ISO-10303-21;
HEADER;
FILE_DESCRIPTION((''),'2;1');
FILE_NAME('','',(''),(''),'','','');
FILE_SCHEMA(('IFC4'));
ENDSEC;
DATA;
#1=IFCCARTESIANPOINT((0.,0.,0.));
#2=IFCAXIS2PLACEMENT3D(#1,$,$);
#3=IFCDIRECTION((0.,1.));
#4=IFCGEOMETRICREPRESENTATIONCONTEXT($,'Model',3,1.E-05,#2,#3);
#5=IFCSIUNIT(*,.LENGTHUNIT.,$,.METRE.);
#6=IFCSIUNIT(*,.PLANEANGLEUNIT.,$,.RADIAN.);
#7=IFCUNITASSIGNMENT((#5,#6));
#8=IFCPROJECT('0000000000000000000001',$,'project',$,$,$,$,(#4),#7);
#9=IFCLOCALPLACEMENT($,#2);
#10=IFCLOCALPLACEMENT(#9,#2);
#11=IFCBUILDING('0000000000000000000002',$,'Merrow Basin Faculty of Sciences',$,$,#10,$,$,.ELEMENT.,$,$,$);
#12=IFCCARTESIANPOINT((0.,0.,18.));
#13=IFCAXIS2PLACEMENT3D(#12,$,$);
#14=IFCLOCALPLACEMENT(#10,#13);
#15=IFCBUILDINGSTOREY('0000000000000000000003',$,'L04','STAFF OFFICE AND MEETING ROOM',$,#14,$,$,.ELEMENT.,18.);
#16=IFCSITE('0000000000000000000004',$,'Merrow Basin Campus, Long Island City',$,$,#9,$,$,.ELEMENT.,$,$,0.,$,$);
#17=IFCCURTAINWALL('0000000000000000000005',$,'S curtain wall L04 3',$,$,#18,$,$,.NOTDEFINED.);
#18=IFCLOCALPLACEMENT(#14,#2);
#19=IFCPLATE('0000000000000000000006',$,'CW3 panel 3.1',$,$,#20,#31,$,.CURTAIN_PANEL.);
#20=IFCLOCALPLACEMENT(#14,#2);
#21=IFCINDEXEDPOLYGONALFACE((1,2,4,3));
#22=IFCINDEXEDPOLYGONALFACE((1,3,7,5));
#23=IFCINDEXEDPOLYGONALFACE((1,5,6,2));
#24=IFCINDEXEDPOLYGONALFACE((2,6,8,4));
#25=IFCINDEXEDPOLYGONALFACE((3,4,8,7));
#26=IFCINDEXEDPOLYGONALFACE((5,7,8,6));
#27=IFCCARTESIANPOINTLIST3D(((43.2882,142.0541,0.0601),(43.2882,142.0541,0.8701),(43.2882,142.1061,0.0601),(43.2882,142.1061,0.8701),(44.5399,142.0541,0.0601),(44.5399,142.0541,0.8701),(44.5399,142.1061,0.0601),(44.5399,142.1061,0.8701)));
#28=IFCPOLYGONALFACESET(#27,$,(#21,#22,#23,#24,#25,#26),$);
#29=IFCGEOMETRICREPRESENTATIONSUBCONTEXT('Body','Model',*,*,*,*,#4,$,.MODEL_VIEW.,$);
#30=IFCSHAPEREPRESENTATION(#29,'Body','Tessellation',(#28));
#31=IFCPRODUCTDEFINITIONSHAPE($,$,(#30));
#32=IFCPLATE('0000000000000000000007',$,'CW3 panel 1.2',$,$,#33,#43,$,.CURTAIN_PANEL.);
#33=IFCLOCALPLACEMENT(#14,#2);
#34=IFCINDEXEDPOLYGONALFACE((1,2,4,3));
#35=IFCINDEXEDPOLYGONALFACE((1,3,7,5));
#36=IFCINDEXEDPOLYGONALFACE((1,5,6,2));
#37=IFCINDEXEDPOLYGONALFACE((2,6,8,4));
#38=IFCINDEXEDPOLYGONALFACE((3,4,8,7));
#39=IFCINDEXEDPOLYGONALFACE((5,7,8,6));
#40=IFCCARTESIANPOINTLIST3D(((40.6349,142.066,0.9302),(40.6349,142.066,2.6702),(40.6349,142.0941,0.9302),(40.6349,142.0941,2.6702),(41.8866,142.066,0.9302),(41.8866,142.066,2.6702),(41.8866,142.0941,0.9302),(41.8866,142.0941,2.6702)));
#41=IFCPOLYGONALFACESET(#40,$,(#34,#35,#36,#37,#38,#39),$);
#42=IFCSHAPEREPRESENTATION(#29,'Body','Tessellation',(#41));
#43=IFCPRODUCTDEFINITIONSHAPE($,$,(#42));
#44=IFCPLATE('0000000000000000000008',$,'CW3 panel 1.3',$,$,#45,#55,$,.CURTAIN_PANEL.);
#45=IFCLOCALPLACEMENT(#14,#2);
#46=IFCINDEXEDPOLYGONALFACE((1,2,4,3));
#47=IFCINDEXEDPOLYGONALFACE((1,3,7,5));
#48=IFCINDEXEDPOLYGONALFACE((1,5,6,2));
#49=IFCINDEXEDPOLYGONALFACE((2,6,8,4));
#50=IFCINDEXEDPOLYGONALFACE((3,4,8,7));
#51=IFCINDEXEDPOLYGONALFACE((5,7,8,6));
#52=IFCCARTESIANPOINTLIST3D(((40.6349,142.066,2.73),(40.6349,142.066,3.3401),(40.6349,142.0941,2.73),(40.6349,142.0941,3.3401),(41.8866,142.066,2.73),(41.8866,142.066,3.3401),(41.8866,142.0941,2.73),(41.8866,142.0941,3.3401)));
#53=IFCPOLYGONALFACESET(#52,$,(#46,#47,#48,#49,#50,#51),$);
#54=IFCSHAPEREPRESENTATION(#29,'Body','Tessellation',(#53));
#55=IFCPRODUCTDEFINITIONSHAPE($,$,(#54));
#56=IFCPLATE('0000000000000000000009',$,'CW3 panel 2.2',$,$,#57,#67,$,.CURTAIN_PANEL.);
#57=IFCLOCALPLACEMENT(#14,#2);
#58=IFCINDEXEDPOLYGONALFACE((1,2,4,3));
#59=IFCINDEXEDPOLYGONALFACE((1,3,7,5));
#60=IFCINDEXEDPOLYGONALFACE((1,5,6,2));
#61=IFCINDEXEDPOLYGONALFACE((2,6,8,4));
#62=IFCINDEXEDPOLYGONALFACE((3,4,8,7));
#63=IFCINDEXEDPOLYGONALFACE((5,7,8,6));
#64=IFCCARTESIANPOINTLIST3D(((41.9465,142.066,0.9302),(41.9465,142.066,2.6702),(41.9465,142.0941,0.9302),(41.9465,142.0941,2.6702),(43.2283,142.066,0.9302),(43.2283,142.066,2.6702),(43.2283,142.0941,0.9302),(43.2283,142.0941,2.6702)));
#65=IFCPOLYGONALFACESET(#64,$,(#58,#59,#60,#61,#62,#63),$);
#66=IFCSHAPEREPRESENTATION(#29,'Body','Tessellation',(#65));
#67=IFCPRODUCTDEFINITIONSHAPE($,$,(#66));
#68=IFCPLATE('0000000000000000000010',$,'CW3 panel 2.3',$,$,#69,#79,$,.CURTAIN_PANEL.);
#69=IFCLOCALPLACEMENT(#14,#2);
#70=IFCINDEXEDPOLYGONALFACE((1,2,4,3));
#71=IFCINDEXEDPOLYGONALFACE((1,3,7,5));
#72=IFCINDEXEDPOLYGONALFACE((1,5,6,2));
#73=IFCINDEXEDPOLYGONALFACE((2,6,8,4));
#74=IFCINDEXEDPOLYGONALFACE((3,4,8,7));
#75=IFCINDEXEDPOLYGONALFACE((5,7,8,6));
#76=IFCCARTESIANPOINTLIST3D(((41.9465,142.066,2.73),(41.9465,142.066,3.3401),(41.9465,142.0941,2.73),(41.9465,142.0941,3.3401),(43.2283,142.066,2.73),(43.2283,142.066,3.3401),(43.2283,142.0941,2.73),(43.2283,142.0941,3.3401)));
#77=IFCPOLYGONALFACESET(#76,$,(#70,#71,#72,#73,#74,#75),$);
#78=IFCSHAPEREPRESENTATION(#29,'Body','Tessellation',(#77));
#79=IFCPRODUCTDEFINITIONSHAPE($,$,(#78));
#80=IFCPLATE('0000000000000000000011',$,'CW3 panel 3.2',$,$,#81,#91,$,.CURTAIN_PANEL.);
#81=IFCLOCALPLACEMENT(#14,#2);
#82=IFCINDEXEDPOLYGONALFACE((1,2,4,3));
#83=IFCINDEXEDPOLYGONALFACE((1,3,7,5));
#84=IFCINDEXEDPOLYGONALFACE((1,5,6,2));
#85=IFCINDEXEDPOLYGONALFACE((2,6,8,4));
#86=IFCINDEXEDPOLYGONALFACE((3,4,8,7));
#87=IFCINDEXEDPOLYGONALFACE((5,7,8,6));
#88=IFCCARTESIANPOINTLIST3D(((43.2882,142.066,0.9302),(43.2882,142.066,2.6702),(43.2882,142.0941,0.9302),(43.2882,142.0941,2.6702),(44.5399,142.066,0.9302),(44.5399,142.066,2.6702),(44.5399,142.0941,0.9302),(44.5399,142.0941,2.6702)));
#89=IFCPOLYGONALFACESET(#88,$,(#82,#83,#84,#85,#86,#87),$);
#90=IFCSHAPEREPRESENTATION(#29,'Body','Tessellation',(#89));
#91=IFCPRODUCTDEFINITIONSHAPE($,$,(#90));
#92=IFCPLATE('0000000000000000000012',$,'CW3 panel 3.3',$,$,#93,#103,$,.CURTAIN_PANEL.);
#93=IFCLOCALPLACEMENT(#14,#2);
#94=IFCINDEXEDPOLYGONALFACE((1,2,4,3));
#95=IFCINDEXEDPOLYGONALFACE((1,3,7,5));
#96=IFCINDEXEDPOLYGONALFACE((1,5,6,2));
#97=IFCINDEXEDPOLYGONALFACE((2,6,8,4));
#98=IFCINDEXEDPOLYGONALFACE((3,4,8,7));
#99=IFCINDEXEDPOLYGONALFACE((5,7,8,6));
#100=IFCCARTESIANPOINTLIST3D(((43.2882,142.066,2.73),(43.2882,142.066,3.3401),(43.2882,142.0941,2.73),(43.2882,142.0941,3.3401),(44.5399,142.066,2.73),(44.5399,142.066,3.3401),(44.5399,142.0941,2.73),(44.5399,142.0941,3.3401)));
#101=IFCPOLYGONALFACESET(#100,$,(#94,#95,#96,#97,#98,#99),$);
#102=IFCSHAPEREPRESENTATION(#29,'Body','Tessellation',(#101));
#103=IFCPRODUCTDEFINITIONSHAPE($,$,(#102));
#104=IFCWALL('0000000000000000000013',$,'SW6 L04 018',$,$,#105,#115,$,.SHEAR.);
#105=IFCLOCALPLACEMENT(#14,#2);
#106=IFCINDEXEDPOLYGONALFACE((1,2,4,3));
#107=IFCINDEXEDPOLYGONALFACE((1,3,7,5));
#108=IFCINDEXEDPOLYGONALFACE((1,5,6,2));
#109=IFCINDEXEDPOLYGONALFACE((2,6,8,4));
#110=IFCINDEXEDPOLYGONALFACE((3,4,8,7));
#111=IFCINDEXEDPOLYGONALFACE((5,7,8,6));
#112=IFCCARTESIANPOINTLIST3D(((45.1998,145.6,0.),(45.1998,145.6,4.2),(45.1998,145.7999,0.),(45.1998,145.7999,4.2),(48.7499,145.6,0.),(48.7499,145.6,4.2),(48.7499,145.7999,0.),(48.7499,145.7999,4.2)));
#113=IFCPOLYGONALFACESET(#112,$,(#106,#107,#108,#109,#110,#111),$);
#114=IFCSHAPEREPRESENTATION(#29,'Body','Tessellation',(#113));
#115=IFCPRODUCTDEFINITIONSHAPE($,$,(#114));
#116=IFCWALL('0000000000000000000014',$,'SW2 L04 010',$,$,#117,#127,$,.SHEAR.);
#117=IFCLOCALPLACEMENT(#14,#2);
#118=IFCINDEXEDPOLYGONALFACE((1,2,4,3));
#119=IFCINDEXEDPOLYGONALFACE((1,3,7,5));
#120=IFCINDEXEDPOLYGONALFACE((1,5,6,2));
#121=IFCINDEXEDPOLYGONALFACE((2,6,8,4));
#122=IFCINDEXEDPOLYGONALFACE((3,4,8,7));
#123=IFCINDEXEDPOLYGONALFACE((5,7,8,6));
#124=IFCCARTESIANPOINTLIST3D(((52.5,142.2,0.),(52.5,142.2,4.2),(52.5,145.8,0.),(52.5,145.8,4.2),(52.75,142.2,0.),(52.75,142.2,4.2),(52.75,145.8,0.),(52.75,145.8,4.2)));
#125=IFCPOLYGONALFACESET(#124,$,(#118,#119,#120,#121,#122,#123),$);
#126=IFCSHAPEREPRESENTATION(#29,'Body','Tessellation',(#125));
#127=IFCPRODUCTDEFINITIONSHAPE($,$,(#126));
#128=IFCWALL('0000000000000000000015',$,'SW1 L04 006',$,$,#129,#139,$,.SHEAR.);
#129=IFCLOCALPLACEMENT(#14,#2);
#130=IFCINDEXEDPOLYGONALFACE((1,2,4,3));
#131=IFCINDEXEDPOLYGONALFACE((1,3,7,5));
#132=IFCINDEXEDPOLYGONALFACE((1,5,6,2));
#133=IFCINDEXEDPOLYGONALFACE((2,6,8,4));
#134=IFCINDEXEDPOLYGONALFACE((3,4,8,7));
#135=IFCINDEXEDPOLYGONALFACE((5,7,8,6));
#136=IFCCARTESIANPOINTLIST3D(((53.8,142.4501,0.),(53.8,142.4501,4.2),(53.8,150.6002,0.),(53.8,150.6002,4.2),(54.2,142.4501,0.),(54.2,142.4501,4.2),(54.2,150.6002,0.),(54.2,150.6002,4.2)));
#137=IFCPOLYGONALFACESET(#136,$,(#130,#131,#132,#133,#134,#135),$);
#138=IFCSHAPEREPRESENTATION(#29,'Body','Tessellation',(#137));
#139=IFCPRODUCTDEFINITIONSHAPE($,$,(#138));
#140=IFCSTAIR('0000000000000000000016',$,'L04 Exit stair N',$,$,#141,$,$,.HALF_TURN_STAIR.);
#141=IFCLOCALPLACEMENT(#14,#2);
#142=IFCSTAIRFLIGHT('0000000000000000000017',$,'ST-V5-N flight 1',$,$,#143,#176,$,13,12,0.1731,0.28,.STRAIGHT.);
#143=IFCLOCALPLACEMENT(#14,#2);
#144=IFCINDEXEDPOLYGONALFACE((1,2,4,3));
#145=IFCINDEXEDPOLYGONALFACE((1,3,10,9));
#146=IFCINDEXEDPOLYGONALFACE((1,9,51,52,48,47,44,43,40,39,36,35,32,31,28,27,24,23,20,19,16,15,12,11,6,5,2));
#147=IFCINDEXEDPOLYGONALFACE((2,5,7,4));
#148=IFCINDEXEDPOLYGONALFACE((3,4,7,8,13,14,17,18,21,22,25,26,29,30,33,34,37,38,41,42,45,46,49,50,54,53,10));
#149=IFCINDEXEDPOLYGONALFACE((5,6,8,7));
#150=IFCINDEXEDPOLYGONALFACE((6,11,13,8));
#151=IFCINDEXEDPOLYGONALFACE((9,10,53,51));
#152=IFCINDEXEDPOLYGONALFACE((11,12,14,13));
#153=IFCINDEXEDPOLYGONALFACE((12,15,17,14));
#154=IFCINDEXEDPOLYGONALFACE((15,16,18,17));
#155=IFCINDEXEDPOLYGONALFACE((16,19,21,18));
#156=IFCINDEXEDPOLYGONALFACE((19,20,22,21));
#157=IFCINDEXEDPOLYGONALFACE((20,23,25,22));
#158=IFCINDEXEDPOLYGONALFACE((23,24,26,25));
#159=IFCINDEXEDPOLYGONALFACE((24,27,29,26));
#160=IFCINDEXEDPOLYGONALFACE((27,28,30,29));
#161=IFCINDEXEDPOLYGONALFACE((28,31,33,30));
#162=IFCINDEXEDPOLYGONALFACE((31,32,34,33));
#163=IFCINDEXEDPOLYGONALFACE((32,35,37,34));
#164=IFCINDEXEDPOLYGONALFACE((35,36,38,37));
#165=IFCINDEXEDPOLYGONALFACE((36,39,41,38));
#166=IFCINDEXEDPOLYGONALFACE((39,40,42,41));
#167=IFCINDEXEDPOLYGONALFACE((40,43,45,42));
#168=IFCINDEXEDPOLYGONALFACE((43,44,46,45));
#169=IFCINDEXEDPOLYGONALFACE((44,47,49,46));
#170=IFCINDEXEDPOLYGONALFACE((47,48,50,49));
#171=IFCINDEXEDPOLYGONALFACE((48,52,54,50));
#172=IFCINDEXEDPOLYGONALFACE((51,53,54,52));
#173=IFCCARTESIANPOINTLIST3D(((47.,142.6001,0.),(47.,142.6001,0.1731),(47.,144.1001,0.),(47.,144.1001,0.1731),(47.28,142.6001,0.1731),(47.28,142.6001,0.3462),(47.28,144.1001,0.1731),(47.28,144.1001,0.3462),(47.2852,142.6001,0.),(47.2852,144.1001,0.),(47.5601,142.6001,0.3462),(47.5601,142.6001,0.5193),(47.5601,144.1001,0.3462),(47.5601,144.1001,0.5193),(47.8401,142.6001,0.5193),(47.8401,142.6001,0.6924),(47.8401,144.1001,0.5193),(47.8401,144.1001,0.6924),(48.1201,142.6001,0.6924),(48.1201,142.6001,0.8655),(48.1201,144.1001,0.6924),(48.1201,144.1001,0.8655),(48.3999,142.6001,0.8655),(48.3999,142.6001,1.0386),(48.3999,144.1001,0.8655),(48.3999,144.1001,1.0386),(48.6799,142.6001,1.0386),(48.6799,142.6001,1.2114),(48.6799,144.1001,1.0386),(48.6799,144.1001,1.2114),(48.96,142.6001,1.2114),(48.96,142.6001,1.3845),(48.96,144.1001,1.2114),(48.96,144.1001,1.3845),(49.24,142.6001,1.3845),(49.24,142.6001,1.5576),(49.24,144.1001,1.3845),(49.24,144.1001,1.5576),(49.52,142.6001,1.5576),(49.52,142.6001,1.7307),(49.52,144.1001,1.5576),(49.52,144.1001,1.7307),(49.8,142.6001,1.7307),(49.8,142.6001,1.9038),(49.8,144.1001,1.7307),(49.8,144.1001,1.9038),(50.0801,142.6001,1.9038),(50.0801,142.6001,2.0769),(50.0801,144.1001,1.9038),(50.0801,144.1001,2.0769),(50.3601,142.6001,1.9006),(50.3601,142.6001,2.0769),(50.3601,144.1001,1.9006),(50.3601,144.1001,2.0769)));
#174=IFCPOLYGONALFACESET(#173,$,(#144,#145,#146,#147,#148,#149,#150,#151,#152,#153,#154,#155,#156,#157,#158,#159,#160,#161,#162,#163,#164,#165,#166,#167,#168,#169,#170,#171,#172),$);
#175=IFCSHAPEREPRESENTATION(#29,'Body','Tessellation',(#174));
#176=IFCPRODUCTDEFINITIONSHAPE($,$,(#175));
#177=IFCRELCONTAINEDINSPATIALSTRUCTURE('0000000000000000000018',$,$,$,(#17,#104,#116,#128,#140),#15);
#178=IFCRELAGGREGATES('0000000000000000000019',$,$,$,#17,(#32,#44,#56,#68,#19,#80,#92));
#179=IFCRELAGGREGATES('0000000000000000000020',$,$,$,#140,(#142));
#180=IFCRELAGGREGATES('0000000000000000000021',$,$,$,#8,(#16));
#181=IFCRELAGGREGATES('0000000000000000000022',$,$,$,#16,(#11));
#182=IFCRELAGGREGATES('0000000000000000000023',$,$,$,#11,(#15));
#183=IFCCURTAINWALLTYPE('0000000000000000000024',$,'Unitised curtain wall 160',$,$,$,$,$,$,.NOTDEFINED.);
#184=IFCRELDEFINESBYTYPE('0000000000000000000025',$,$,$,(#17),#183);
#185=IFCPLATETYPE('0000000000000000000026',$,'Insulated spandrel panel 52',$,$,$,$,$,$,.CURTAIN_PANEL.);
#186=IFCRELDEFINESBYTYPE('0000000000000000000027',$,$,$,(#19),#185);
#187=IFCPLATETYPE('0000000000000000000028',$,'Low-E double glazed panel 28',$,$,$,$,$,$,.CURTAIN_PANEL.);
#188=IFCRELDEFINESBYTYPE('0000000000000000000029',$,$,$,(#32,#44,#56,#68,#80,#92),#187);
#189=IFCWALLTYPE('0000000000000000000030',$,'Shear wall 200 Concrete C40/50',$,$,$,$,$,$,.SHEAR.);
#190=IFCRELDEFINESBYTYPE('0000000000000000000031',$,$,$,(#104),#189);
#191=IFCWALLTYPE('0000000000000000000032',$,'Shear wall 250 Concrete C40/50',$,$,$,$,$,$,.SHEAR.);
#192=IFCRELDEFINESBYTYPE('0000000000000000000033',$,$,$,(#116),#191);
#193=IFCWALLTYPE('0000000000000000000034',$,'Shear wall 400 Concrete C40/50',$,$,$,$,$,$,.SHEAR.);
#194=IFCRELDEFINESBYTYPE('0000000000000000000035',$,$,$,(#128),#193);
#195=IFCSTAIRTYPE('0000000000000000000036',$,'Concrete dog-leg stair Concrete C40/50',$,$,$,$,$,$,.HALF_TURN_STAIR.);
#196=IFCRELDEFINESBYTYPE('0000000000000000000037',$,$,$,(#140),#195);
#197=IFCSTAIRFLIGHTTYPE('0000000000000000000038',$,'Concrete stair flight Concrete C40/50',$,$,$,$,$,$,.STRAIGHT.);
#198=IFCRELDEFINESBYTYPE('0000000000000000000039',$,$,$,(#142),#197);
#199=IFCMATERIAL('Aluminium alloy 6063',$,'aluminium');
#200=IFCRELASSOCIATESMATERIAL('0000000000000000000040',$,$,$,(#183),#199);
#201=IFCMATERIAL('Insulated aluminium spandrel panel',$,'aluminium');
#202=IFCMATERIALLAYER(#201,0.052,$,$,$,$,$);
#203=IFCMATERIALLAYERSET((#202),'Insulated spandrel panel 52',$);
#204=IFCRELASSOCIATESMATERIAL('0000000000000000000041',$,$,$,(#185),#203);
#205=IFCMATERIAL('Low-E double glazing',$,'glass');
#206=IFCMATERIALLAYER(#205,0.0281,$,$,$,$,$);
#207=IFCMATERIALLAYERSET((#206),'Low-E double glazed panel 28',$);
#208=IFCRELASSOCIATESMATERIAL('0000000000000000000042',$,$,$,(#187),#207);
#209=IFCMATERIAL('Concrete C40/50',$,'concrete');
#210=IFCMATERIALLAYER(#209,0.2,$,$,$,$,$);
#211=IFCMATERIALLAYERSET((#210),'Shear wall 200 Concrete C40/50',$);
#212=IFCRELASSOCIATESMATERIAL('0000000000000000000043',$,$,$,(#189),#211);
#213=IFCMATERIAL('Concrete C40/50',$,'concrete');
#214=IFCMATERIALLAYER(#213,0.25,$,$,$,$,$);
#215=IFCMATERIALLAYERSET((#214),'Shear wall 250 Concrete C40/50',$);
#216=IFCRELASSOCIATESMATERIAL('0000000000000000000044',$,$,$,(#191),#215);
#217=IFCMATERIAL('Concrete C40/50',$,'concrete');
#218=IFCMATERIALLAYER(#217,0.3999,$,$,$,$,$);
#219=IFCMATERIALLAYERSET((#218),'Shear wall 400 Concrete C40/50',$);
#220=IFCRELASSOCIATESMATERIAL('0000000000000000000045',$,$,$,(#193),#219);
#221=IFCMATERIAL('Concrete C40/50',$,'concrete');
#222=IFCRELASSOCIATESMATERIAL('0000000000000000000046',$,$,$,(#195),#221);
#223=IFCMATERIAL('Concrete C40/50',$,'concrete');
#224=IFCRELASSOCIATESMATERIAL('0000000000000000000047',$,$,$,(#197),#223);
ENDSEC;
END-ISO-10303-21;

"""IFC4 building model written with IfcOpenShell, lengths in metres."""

from ifc_helpers import new_model, si_unit, direction, frame, frame_2d, origin, origin_2d, place, context, subcontext, project, spatial, polyline, rectangle, outline, extrude, material, layer, layer_set, type_object, element, aggregate, save


model = new_model("IFC4")

# Units and contexts
model_context = context("Model", 3, precision=1e-05, world=origin(), true_north=direction((0.0, 1.0)))
body_context = subcontext(model_context, "Body", "Model", "MODEL_VIEW")
ifc_project = project(units=[si_unit("LENGTHUNIT", "METRE"), si_unit("PLANEANGLEUNIT", "RADIAN")], contexts=[model_context])

# Site, building, storey
site_placement = place(None, origin())
site = spatial("IfcSite", under=ifc_project, at=site_placement, Name="Merrow Basin Campus, Long Island City", CompositionType="ELEMENT", RefElevation=0.0)
building_placement = place(site_placement, origin())
building = spatial("IfcBuilding", under=site, at=building_placement, Name="Merrow Basin Faculty of Sciences", CompositionType="ELEMENT")
storey_placement = place(building_placement, frame((0.0, 0.0, 18.0)))
storey = spatial("IfcBuildingStorey", under=building, at=storey_placement, Name="L04", Description="STAFF OFFICE AND MEETING ROOM", CompositionType="ELEMENT", Elevation=18.0)

# Curtain wall
ifc_material_1 = material(Name="Aluminium alloy 6063", Category="aluminium")
curtain_wall_type = type_object("IfcCurtainWallType", Name="Unitised curtain wall 160", PredefinedType="NOTDEFINED", material=ifc_material_1)
curtain_wall_placement = place(storey_placement, origin())
curtain_wall = element("IfcCurtainWall", 1, at=curtain_wall_placement, inside=storey, type_object=curtain_wall_type, Name="S curtain wall L04 3", PredefinedType="NOTDEFINED")

# Plates
ifc_material_2 = material(Name="Insulated aluminium spandrel panel", Category="aluminium")
ifc_layer_1 = layer(ifc_material_2, 0.052)
ifc_layer_set_1 = layer_set([ifc_layer_1], Name="Insulated spandrel panel 52")
plate_type_1 = type_object("IfcPlateType", Name="Insulated spandrel panel 52", PredefinedType="CURTAIN_PANEL", material=ifc_layer_set_1)
plate_1_placement = place(storey_placement, frame((43.9141, 142.0801, 0.0601), z_axis=(0.0, 0.0, 1.0), x_axis=(1.0, 0.0, 0.0)))
plate_1 = element("IfcPlate", 2, at=plate_1_placement, type_object=plate_type_1, Name="CW3 panel 3.1", PredefinedType="CURTAIN_PANEL", context=body_context, shape_type="SweptSolid", body=[
    extrude(rectangle(XDim=1.2517, YDim=0.052, at=origin_2d()), origin(), (0.0, 0.0, 1.0), 0.8101),
])
ifc_material_3 = material(Name="Low-E double glazing", Category="glass")
ifc_layer_2 = layer(ifc_material_3, 0.0281)
ifc_layer_set_2 = layer_set([ifc_layer_2], Name="Low-E double glazed panel 28")
plate_type_2 = type_object("IfcPlateType", Name="Low-E double glazed panel 28", PredefinedType="CURTAIN_PANEL", material=ifc_layer_set_2)
plate_2_placement = place(storey_placement, frame((41.2607, 142.0801, 0.9302), z_axis=(0.0, 0.0, 1.0), x_axis=(1.0, 0.0, 0.0)))
plate_2 = element("IfcPlate", 3, at=plate_2_placement, type_object=plate_type_2, Name="CW3 panel 1.2", PredefinedType="CURTAIN_PANEL", context=body_context, shape_type="SweptSolid", body=[
    extrude(rectangle(XDim=1.2517, YDim=0.0281, at=origin_2d()), origin(), (0.0, 0.0, 1.0), 1.74),
])
plate_3_placement = place(storey_placement, frame((41.2607, 142.0801, 2.73), z_axis=(0.0, 0.0, 1.0), x_axis=(1.0, 0.0, 0.0)))
plate_3 = element("IfcPlate", 4, at=plate_3_placement, type_object=plate_type_2, Name="CW3 panel 1.3", PredefinedType="CURTAIN_PANEL", context=body_context, shape_type="SweptSolid", body=[
    extrude(rectangle(XDim=1.2517, YDim=0.0281, at=origin_2d()), origin(), (0.0, 0.0, 1.0), 0.6101),
])
plate_4_placement = place(storey_placement, frame((42.5874, 142.0801, 0.9302), z_axis=(0.0, 0.0, 1.0), x_axis=(1.0, 0.0, 0.0)))
plate_4 = element("IfcPlate", 5, at=plate_4_placement, type_object=plate_type_2, Name="CW3 panel 2.2", PredefinedType="CURTAIN_PANEL", context=body_context, shape_type="SweptSolid", body=[
    extrude(rectangle(XDim=1.2817, YDim=0.0281, at=origin_2d()), origin(), (0.0, 0.0, 1.0), 1.74),
])
plate_5_placement = place(storey_placement, frame((42.5874, 142.0801, 2.73), z_axis=(0.0, 0.0, 1.0), x_axis=(1.0, 0.0, 0.0)))
plate_5 = element("IfcPlate", 6, at=plate_5_placement, type_object=plate_type_2, Name="CW3 panel 2.3", PredefinedType="CURTAIN_PANEL", context=body_context, shape_type="SweptSolid", body=[
    extrude(rectangle(XDim=1.2817, YDim=0.0281, at=origin_2d()), origin(), (0.0, 0.0, 1.0), 0.6101),
])
plate_6_placement = place(storey_placement, frame((43.9141, 142.0801, 0.9302), z_axis=(0.0, 0.0, 1.0), x_axis=(1.0, 0.0, 0.0)))
plate_6 = element("IfcPlate", 7, at=plate_6_placement, type_object=plate_type_2, Name="CW3 panel 3.2", PredefinedType="CURTAIN_PANEL", context=body_context, shape_type="SweptSolid", body=[
    extrude(rectangle(XDim=1.2517, YDim=0.0281, at=origin_2d()), origin(), (0.0, 0.0, 1.0), 1.74),
])
plate_7_placement = place(storey_placement, frame((43.9141, 142.0801, 2.73), z_axis=(0.0, 0.0, 1.0), x_axis=(1.0, 0.0, 0.0)))
plate_7 = element("IfcPlate", 8, at=plate_7_placement, type_object=plate_type_2, Name="CW3 panel 3.3", PredefinedType="CURTAIN_PANEL", context=body_context, shape_type="SweptSolid", body=[
    extrude(rectangle(XDim=1.2517, YDim=0.0281, at=origin_2d()), origin(), (0.0, 0.0, 1.0), 0.6101),
])
aggregate(curtain_wall, [plate_2, plate_3, plate_4, plate_5, plate_1, plate_6, plate_7])

# Walls
ifc_material_4 = material(Name="Concrete C40/50", Category="concrete")
ifc_layer_3 = layer(ifc_material_4, 0.2)
ifc_layer_set_3 = layer_set([ifc_layer_3], Name="Shear wall 200 Concrete C40/50")
wall_type_1 = type_object("IfcWallType", Name="Shear wall 200 Concrete C40/50", PredefinedType="SHEAR", material=ifc_layer_set_3)
wall_1_placement = place(storey_placement, frame((45.2, 145.7, 0.0), z_axis=(0.0, 0.0, 1.0), x_axis=(1.0, 0.0, 0.0)))
element("IfcWall", 9, at=wall_1_placement, inside=storey, type_object=wall_type_1, Name="SW6 L04 018", PredefinedType="SHEAR", context=body_context, shape_type="SweptSolid", body=[
    extrude(rectangle(XDim=3.55, YDim=0.2, at=frame_2d((1.7749, 0.0))), origin(), (0.0, 0.0, 1.0), 4.2),
])
ifc_material_5 = material(Name="Concrete C40/50", Category="concrete")
ifc_layer_4 = layer(ifc_material_5, 0.25)
ifc_layer_set_4 = layer_set([ifc_layer_4], Name="Shear wall 250 Concrete C40/50")
wall_type_2 = type_object("IfcWallType", Name="Shear wall 250 Concrete C40/50", PredefinedType="SHEAR", material=ifc_layer_set_4)
wall_2_placement = place(storey_placement, frame((52.625, 142.2, 0.0), z_axis=(0.0, 0.0, 1.0), x_axis=(0.0, 1.0, 0.0)))
element("IfcWall", 10, at=wall_2_placement, inside=storey, type_object=wall_type_2, Name="SW2 L04 010", PredefinedType="SHEAR", context=body_context, shape_type="SweptSolid", body=[
    extrude(rectangle(XDim=3.6001, YDim=0.25, at=frame_2d((1.8, 0.0))), origin(), (0.0, 0.0, 1.0), 4.2),
])

# Shared definitions
ifc_material_6 = material(Name="Concrete C40/50", Category="concrete")
ifc_layer_5 = layer(ifc_material_6, 0.3999)
ifc_layer_set_5 = layer_set([ifc_layer_5], Name="Shear wall 400 Concrete C40/50")
wall_type_3 = type_object("IfcWallType", Name="Shear wall 400 Concrete C40/50", PredefinedType="SHEAR", material=ifc_layer_set_5)

# Wall
wall_3_placement = place(storey_placement, frame((54.0, 142.45, 0.0), z_axis=(0.0, 0.0, 1.0), x_axis=(0.0, 1.0, 0.0)))
element("IfcWall", 11, at=wall_3_placement, inside=storey, type_object=wall_type_3, Name="SW1 L04 006", PredefinedType="SHEAR", context=body_context, shape_type="SweptSolid", body=[
    extrude(rectangle(XDim=8.1501, YDim=0.3999, at=frame_2d((4.0752, 0.0))), origin(), (0.0, 0.0, 1.0), 4.2),
])

# Stair, stair flight
ifc_material_7 = material(Name="Concrete C40/50", Category="concrete")
stair_type = type_object("IfcStairType", Name="Concrete dog-leg stair Concrete C40/50", PredefinedType="HALF_TURN_STAIR", material=ifc_material_7)
stair_placement = place(storey_placement, origin())
stair = element("IfcStair", 12, at=stair_placement, inside=storey, type_object=stair_type, Name="L04 Exit stair N", PredefinedType="HALF_TURN_STAIR")
ifc_material_8 = material(Name="Concrete C40/50", Category="concrete")
stair_flight_type = type_object("IfcStairFlightType", Name="Concrete stair flight Concrete C40/50", PredefinedType="STRAIGHT", material=ifc_material_8)
stair_flight_1_placement = place(storey_placement, frame((47.0, 143.3501, 0.0), z_axis=(0.0, 0.0, 1.0), x_axis=(1.0, 0.0, 0.0)))
stair_flight_1 = element("IfcStairFlight", 13, at=stair_flight_1_placement, type_object=stair_flight_type, Name="ST-V5-N flight 1", NumberOfRisers=13, NumberOfTreads=12, PredefinedType="STRAIGHT", RiserHeight=0.1731, TreadLength=0.28, context=body_context, shape_type="SweptSolid", body=[
    extrude(outline(polyline([(0.0, 0.0), (0.0, 0.1731), (0.28, 0.1731), (0.28, 0.3462), (0.5601, 0.3462), (0.5601, 0.5193), (0.8401, 0.5193), (0.8401, 0.6924), (1.1201, 0.6924), (1.1201, 0.8655), (1.3999, 0.8655), (1.3999, 1.0386), (1.6799, 1.0386), (1.6799, 1.2114), (1.96, 1.2114), (1.96, 1.3845), (2.24, 1.3845), (2.24, 1.5576), (2.52, 1.5576), (2.52, 1.7307), (2.8, 1.7307), (2.8, 1.9038), (3.0801, 1.9038), (3.0801, 2.0769), (3.3601, 2.0769), (3.3601, 2.25), (3.3601, 1.9006), (0.2852, 0.0), (0.0, 0.0)])), frame((0.0, 0.75, 0.0), z_axis=(0.0, -1.0, 0.0), x_axis=(1.0, 0.0, 0.0)), (0.0, 0.0, 1.0), 1.5),
])
aggregate(stair, [stair_flight_1])

save(model, "model.ifc")
